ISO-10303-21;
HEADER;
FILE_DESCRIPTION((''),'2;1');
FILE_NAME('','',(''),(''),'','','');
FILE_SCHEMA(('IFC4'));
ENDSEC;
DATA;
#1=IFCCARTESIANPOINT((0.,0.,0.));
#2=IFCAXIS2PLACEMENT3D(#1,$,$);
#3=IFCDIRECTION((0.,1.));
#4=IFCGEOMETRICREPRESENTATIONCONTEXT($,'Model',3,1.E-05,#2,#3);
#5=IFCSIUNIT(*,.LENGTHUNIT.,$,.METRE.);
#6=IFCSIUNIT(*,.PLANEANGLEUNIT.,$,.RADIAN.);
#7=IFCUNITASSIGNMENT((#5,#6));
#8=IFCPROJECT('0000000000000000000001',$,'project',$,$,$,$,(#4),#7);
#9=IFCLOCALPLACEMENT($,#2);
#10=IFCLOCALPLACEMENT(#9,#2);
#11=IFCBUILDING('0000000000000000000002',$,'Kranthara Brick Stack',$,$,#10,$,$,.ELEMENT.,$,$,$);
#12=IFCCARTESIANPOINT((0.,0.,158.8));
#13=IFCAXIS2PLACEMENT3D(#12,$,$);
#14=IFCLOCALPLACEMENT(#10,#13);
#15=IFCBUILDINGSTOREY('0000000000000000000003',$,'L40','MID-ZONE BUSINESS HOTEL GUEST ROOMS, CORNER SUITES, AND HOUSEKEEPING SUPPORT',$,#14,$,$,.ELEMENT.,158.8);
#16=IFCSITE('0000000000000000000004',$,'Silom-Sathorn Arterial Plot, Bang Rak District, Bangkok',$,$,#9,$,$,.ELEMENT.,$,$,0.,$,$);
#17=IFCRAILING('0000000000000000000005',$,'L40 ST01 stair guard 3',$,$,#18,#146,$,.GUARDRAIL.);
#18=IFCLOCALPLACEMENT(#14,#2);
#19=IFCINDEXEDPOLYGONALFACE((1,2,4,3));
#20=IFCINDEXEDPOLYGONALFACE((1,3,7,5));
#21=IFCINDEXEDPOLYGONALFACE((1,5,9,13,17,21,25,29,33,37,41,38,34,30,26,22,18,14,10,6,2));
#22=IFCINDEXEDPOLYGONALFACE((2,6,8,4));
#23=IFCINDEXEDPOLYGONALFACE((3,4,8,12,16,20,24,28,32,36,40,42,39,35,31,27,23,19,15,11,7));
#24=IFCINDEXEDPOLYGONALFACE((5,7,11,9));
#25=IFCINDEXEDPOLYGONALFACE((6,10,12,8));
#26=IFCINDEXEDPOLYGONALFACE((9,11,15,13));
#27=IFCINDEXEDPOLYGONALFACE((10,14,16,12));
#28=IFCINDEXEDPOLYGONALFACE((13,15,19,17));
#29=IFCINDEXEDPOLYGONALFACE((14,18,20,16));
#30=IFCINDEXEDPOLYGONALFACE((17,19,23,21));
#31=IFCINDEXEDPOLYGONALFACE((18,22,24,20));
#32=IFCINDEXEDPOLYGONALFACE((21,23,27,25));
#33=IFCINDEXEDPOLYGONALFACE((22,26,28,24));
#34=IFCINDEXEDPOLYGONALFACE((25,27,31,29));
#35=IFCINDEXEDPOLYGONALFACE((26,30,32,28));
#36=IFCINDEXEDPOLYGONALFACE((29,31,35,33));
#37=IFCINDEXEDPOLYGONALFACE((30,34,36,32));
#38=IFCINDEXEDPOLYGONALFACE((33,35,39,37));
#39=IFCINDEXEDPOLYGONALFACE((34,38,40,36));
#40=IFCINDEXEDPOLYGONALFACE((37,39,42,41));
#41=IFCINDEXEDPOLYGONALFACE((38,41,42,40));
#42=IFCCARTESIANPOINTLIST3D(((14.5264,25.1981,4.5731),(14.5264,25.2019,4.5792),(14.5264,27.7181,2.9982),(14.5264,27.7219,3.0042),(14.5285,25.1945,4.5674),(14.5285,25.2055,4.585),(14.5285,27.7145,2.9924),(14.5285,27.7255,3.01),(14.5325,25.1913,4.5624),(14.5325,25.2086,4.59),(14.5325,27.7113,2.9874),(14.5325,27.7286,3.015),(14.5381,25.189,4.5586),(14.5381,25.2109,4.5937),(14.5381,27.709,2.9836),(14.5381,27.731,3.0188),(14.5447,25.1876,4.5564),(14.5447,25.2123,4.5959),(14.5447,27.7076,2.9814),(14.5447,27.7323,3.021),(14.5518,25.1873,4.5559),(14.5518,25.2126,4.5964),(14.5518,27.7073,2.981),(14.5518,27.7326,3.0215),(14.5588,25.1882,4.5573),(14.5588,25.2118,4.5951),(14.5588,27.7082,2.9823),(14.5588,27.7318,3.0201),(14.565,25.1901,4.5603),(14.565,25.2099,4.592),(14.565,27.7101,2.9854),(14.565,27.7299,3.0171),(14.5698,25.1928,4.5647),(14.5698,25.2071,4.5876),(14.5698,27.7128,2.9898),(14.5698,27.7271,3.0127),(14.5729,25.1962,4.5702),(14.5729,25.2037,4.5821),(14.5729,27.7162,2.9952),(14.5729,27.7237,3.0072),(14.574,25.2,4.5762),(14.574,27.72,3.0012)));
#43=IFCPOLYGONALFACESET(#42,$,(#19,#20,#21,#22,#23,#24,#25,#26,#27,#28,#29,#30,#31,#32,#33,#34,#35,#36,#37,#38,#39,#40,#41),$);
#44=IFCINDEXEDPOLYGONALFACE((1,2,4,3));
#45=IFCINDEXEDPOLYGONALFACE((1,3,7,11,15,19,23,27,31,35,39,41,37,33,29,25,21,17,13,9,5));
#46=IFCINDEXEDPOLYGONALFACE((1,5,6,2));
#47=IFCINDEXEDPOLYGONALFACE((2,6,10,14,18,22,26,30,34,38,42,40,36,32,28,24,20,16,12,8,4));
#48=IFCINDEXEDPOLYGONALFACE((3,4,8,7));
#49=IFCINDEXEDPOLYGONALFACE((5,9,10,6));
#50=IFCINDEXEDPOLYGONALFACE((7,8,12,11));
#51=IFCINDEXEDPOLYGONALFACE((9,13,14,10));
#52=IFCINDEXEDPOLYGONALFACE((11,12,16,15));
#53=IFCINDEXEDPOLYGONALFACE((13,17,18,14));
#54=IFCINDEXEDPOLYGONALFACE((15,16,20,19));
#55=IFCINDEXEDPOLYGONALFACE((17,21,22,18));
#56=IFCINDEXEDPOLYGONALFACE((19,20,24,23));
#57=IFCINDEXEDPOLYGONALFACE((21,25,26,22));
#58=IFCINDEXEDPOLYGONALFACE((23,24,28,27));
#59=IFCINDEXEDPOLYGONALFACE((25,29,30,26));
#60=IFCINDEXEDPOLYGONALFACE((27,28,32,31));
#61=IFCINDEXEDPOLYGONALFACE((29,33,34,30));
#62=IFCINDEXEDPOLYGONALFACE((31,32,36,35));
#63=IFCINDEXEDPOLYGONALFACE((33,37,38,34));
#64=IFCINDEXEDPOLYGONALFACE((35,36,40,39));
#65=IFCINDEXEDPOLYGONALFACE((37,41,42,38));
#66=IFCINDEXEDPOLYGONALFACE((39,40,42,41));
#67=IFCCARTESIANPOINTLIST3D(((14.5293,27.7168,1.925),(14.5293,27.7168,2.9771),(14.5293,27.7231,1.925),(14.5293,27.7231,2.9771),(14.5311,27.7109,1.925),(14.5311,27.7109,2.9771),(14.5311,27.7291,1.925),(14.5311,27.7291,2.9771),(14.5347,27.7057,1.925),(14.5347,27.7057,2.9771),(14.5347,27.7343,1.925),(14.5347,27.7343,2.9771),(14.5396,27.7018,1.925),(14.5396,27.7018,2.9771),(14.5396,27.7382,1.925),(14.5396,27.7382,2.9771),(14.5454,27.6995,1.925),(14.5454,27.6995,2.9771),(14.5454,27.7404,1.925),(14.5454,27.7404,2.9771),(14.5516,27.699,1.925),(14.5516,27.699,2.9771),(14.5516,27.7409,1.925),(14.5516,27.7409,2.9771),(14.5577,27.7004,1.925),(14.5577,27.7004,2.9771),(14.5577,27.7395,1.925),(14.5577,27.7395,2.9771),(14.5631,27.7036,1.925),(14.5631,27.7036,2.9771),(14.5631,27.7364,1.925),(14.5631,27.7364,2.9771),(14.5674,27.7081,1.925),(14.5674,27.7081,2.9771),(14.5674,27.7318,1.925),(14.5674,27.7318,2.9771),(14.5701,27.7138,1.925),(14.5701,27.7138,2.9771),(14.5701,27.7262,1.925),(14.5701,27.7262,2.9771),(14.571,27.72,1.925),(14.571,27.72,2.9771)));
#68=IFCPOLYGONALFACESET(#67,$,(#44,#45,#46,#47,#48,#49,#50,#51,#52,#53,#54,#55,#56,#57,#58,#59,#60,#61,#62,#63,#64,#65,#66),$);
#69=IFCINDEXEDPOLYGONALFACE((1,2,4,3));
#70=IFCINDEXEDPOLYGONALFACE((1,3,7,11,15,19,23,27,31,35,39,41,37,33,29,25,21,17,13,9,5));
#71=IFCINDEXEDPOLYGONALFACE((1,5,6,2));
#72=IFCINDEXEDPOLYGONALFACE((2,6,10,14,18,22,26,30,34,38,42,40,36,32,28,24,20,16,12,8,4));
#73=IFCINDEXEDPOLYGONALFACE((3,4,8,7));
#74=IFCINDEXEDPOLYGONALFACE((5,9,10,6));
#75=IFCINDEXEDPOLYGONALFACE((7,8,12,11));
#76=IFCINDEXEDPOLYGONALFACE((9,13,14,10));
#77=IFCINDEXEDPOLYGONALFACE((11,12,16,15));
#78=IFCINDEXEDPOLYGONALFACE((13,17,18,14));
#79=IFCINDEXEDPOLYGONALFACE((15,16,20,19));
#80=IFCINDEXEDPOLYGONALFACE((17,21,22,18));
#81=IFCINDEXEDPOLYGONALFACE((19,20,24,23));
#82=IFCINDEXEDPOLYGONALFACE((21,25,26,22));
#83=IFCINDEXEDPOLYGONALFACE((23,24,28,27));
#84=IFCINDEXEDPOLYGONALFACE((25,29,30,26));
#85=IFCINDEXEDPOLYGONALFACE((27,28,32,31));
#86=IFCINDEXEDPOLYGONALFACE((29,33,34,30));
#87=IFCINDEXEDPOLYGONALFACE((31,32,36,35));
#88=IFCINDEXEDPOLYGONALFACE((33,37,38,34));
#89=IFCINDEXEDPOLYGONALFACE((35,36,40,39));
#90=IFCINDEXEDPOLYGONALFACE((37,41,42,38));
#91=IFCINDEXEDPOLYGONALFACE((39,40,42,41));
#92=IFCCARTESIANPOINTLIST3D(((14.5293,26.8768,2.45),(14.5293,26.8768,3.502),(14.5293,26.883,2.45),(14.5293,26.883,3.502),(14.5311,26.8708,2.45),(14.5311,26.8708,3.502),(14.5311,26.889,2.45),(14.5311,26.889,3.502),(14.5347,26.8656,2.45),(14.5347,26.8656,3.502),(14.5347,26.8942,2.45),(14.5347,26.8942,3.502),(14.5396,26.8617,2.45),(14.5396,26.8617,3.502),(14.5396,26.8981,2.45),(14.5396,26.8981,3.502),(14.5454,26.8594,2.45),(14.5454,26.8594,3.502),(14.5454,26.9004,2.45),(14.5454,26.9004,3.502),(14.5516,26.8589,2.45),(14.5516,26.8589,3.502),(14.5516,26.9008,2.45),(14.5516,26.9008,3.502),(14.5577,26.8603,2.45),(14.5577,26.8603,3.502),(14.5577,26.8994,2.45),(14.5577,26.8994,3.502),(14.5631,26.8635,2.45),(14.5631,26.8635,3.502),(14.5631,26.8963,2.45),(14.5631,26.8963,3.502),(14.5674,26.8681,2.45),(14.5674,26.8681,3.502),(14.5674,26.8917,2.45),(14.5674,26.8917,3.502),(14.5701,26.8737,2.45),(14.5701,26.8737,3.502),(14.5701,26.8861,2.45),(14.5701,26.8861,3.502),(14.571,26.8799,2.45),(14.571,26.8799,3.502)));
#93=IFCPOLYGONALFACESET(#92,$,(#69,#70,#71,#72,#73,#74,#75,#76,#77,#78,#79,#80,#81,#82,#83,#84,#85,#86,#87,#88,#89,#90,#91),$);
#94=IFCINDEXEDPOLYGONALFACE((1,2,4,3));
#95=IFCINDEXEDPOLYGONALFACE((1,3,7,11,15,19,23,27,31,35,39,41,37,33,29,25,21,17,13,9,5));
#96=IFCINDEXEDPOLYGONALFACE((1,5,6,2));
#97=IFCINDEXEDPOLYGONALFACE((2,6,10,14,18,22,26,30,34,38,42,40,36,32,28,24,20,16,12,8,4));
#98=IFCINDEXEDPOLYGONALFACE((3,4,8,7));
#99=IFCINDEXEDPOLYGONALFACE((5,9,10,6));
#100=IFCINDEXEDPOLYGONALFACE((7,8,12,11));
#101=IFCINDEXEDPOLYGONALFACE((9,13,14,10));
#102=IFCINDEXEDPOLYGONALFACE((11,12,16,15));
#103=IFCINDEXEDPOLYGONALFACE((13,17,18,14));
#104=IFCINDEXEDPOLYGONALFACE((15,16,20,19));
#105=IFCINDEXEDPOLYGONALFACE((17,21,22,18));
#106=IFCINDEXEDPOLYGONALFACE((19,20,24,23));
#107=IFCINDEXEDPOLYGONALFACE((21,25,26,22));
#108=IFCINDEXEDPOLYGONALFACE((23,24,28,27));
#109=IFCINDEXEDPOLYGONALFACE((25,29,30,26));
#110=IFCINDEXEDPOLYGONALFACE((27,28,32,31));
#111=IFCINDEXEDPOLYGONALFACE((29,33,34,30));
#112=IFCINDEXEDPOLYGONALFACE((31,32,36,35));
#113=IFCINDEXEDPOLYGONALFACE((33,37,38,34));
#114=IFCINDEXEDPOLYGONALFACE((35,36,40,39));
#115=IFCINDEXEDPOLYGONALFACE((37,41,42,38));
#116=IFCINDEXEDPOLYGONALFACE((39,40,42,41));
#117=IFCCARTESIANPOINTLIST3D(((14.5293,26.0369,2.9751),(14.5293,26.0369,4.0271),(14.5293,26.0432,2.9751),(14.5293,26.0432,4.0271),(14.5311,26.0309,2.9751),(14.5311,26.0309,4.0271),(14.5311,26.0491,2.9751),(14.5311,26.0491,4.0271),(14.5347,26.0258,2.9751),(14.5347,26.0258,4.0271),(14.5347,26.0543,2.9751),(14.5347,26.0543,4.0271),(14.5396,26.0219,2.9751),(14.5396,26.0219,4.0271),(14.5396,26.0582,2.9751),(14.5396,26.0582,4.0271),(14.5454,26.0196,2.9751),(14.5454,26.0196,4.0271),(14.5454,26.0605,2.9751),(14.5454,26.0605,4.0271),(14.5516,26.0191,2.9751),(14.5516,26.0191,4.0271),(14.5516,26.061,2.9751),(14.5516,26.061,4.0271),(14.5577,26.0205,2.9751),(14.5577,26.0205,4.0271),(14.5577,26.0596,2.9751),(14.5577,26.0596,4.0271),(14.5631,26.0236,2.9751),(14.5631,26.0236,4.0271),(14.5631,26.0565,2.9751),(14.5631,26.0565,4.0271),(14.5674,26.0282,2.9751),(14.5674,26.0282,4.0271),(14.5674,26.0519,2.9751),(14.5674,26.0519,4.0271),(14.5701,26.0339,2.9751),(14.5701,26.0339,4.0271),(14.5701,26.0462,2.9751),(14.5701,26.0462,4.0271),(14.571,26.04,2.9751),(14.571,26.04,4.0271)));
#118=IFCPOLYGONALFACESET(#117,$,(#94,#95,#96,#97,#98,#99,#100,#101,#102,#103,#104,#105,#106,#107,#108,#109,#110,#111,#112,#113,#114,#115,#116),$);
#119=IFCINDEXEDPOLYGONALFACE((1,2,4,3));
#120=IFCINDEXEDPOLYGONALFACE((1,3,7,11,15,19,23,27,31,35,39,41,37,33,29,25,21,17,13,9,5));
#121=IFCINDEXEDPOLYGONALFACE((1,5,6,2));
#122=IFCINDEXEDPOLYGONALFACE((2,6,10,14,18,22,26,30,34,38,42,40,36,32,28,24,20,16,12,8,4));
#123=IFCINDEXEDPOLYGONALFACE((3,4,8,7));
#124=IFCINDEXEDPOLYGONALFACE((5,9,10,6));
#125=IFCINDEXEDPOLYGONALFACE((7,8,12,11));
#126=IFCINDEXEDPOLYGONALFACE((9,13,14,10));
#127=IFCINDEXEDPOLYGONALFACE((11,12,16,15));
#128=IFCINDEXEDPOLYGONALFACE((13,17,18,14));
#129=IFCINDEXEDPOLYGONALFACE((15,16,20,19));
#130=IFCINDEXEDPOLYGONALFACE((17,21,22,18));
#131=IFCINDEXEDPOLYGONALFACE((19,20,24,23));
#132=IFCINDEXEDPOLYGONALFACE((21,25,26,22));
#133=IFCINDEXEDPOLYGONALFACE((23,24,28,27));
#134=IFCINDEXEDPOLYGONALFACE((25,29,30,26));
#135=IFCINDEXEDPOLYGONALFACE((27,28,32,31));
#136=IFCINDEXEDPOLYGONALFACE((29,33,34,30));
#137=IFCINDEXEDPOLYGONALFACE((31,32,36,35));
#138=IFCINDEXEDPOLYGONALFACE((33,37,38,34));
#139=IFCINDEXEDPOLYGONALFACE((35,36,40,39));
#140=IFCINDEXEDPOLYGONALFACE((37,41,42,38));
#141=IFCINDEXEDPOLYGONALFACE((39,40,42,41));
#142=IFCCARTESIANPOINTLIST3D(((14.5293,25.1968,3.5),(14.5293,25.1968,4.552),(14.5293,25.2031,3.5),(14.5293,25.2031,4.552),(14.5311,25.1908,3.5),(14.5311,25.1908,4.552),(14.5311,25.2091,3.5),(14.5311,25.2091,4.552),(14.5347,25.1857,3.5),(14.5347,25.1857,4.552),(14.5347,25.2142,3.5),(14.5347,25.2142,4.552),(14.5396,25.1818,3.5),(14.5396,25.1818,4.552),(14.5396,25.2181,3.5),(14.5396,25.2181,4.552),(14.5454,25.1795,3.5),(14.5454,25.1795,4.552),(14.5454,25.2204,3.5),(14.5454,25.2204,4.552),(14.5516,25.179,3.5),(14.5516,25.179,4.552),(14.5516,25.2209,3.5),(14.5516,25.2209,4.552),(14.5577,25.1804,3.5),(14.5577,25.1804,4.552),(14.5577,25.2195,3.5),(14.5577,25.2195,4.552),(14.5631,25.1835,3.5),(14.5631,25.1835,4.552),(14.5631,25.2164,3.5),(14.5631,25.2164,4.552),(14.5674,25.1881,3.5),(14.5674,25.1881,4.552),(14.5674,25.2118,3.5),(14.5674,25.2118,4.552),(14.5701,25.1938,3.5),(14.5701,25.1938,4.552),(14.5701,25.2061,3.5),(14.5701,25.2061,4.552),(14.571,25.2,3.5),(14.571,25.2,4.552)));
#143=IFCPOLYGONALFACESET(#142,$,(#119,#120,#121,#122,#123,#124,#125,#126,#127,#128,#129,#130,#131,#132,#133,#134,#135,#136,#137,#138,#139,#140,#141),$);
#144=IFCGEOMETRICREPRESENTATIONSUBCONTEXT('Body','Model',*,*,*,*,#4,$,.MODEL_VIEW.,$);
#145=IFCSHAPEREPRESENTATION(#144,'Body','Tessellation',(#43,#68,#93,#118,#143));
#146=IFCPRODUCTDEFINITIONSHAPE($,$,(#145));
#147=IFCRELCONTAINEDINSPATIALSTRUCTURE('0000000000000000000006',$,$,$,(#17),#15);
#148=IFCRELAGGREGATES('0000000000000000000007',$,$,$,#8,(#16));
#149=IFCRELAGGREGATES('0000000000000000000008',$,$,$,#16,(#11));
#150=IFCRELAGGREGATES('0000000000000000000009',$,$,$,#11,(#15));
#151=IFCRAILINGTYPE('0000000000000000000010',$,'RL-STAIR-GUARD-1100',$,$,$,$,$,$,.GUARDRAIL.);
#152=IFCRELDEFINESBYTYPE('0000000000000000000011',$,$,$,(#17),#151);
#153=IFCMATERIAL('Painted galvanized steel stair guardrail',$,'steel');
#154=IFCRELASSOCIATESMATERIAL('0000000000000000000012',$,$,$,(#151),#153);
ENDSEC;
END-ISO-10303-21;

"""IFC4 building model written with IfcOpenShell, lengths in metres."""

from ifc_helpers import new_model, si_unit, direction, frame, origin, origin_2d, place, context, subcontext, project, spatial, circle, extrude, material, type_object, element, save


model = new_model("IFC4")

# Units and contexts
model_context = context("Model", 3, precision=1e-05, world=origin(), true_north=direction((0.0, 1.0)))
body_context = subcontext(model_context, "Body", "Model", "MODEL_VIEW")
ifc_project = project(units=[si_unit("LENGTHUNIT", "METRE"), si_unit("PLANEANGLEUNIT", "RADIAN")], contexts=[model_context])

# Site, building, storey
site_placement = place(None, origin())
site = spatial("IfcSite", under=ifc_project, at=site_placement, Name="Silom-Sathorn Arterial Plot, Bang Rak District, Bangkok", CompositionType="ELEMENT", RefElevation=0.0)
building_placement = place(site_placement, origin())
building = spatial("IfcBuilding", under=site, at=building_placement, Name="Kranthara Brick Stack", CompositionType="ELEMENT")
storey_placement = place(building_placement, frame((0.0, 0.0, 158.8)))
storey = spatial("IfcBuildingStorey", under=building, at=storey_placement, Name="L40", Description="MID-ZONE BUSINESS HOTEL GUEST ROOMS, CORNER SUITES, AND HOUSEKEEPING SUPPORT", CompositionType="ELEMENT", Elevation=158.8)

# Railing
ifc_material_1 = material(Name="Painted galvanized steel stair guardrail", Category="steel")
railing_type_1 = type_object("IfcRailingType", Name="RL-STAIR-GUARD-1100", PredefinedType="GUARDRAIL", material=ifc_material_1)
railing_1_placement = place(storey_placement, frame((14.55, 27.72, 1.925)))
element("IfcRailing", 1, at=railing_1_placement, inside=storey, type_object=railing_type_1, Name="L40 ST01 stair guard 3", PredefinedType="GUARDRAIL", context=body_context, shape_type="SweptSolid", body=[
    extrude(circle(Radius=0.0239, at=origin_2d()), frame((0.0, 0.0, 1.0762), z_axis=(0.0, -0.848008, 0.529984), x_axis=(1.0, 0.0, 0.0)), (0.0, 0.0, 1.0), 2.9717),
    extrude(circle(Radius=0.021, at=origin_2d()), origin(), (0.0, 0.0, 1.0), 1.052),
    extrude(circle(Radius=0.021, at=origin_2d()), frame((0.0, -0.8401, 0.5249)), (0.0, 0.0, 1.0), 1.052),
    extrude(circle(Radius=0.021, at=origin_2d()), frame((0.0, -1.6799, 1.05)), (0.0, 0.0, 1.0), 1.052),
    extrude(circle(Radius=0.021, at=origin_2d()), frame((0.0, -2.52, 1.575)), (0.0, 0.0, 1.0), 1.052),
])

save(model, "model.ifc")
